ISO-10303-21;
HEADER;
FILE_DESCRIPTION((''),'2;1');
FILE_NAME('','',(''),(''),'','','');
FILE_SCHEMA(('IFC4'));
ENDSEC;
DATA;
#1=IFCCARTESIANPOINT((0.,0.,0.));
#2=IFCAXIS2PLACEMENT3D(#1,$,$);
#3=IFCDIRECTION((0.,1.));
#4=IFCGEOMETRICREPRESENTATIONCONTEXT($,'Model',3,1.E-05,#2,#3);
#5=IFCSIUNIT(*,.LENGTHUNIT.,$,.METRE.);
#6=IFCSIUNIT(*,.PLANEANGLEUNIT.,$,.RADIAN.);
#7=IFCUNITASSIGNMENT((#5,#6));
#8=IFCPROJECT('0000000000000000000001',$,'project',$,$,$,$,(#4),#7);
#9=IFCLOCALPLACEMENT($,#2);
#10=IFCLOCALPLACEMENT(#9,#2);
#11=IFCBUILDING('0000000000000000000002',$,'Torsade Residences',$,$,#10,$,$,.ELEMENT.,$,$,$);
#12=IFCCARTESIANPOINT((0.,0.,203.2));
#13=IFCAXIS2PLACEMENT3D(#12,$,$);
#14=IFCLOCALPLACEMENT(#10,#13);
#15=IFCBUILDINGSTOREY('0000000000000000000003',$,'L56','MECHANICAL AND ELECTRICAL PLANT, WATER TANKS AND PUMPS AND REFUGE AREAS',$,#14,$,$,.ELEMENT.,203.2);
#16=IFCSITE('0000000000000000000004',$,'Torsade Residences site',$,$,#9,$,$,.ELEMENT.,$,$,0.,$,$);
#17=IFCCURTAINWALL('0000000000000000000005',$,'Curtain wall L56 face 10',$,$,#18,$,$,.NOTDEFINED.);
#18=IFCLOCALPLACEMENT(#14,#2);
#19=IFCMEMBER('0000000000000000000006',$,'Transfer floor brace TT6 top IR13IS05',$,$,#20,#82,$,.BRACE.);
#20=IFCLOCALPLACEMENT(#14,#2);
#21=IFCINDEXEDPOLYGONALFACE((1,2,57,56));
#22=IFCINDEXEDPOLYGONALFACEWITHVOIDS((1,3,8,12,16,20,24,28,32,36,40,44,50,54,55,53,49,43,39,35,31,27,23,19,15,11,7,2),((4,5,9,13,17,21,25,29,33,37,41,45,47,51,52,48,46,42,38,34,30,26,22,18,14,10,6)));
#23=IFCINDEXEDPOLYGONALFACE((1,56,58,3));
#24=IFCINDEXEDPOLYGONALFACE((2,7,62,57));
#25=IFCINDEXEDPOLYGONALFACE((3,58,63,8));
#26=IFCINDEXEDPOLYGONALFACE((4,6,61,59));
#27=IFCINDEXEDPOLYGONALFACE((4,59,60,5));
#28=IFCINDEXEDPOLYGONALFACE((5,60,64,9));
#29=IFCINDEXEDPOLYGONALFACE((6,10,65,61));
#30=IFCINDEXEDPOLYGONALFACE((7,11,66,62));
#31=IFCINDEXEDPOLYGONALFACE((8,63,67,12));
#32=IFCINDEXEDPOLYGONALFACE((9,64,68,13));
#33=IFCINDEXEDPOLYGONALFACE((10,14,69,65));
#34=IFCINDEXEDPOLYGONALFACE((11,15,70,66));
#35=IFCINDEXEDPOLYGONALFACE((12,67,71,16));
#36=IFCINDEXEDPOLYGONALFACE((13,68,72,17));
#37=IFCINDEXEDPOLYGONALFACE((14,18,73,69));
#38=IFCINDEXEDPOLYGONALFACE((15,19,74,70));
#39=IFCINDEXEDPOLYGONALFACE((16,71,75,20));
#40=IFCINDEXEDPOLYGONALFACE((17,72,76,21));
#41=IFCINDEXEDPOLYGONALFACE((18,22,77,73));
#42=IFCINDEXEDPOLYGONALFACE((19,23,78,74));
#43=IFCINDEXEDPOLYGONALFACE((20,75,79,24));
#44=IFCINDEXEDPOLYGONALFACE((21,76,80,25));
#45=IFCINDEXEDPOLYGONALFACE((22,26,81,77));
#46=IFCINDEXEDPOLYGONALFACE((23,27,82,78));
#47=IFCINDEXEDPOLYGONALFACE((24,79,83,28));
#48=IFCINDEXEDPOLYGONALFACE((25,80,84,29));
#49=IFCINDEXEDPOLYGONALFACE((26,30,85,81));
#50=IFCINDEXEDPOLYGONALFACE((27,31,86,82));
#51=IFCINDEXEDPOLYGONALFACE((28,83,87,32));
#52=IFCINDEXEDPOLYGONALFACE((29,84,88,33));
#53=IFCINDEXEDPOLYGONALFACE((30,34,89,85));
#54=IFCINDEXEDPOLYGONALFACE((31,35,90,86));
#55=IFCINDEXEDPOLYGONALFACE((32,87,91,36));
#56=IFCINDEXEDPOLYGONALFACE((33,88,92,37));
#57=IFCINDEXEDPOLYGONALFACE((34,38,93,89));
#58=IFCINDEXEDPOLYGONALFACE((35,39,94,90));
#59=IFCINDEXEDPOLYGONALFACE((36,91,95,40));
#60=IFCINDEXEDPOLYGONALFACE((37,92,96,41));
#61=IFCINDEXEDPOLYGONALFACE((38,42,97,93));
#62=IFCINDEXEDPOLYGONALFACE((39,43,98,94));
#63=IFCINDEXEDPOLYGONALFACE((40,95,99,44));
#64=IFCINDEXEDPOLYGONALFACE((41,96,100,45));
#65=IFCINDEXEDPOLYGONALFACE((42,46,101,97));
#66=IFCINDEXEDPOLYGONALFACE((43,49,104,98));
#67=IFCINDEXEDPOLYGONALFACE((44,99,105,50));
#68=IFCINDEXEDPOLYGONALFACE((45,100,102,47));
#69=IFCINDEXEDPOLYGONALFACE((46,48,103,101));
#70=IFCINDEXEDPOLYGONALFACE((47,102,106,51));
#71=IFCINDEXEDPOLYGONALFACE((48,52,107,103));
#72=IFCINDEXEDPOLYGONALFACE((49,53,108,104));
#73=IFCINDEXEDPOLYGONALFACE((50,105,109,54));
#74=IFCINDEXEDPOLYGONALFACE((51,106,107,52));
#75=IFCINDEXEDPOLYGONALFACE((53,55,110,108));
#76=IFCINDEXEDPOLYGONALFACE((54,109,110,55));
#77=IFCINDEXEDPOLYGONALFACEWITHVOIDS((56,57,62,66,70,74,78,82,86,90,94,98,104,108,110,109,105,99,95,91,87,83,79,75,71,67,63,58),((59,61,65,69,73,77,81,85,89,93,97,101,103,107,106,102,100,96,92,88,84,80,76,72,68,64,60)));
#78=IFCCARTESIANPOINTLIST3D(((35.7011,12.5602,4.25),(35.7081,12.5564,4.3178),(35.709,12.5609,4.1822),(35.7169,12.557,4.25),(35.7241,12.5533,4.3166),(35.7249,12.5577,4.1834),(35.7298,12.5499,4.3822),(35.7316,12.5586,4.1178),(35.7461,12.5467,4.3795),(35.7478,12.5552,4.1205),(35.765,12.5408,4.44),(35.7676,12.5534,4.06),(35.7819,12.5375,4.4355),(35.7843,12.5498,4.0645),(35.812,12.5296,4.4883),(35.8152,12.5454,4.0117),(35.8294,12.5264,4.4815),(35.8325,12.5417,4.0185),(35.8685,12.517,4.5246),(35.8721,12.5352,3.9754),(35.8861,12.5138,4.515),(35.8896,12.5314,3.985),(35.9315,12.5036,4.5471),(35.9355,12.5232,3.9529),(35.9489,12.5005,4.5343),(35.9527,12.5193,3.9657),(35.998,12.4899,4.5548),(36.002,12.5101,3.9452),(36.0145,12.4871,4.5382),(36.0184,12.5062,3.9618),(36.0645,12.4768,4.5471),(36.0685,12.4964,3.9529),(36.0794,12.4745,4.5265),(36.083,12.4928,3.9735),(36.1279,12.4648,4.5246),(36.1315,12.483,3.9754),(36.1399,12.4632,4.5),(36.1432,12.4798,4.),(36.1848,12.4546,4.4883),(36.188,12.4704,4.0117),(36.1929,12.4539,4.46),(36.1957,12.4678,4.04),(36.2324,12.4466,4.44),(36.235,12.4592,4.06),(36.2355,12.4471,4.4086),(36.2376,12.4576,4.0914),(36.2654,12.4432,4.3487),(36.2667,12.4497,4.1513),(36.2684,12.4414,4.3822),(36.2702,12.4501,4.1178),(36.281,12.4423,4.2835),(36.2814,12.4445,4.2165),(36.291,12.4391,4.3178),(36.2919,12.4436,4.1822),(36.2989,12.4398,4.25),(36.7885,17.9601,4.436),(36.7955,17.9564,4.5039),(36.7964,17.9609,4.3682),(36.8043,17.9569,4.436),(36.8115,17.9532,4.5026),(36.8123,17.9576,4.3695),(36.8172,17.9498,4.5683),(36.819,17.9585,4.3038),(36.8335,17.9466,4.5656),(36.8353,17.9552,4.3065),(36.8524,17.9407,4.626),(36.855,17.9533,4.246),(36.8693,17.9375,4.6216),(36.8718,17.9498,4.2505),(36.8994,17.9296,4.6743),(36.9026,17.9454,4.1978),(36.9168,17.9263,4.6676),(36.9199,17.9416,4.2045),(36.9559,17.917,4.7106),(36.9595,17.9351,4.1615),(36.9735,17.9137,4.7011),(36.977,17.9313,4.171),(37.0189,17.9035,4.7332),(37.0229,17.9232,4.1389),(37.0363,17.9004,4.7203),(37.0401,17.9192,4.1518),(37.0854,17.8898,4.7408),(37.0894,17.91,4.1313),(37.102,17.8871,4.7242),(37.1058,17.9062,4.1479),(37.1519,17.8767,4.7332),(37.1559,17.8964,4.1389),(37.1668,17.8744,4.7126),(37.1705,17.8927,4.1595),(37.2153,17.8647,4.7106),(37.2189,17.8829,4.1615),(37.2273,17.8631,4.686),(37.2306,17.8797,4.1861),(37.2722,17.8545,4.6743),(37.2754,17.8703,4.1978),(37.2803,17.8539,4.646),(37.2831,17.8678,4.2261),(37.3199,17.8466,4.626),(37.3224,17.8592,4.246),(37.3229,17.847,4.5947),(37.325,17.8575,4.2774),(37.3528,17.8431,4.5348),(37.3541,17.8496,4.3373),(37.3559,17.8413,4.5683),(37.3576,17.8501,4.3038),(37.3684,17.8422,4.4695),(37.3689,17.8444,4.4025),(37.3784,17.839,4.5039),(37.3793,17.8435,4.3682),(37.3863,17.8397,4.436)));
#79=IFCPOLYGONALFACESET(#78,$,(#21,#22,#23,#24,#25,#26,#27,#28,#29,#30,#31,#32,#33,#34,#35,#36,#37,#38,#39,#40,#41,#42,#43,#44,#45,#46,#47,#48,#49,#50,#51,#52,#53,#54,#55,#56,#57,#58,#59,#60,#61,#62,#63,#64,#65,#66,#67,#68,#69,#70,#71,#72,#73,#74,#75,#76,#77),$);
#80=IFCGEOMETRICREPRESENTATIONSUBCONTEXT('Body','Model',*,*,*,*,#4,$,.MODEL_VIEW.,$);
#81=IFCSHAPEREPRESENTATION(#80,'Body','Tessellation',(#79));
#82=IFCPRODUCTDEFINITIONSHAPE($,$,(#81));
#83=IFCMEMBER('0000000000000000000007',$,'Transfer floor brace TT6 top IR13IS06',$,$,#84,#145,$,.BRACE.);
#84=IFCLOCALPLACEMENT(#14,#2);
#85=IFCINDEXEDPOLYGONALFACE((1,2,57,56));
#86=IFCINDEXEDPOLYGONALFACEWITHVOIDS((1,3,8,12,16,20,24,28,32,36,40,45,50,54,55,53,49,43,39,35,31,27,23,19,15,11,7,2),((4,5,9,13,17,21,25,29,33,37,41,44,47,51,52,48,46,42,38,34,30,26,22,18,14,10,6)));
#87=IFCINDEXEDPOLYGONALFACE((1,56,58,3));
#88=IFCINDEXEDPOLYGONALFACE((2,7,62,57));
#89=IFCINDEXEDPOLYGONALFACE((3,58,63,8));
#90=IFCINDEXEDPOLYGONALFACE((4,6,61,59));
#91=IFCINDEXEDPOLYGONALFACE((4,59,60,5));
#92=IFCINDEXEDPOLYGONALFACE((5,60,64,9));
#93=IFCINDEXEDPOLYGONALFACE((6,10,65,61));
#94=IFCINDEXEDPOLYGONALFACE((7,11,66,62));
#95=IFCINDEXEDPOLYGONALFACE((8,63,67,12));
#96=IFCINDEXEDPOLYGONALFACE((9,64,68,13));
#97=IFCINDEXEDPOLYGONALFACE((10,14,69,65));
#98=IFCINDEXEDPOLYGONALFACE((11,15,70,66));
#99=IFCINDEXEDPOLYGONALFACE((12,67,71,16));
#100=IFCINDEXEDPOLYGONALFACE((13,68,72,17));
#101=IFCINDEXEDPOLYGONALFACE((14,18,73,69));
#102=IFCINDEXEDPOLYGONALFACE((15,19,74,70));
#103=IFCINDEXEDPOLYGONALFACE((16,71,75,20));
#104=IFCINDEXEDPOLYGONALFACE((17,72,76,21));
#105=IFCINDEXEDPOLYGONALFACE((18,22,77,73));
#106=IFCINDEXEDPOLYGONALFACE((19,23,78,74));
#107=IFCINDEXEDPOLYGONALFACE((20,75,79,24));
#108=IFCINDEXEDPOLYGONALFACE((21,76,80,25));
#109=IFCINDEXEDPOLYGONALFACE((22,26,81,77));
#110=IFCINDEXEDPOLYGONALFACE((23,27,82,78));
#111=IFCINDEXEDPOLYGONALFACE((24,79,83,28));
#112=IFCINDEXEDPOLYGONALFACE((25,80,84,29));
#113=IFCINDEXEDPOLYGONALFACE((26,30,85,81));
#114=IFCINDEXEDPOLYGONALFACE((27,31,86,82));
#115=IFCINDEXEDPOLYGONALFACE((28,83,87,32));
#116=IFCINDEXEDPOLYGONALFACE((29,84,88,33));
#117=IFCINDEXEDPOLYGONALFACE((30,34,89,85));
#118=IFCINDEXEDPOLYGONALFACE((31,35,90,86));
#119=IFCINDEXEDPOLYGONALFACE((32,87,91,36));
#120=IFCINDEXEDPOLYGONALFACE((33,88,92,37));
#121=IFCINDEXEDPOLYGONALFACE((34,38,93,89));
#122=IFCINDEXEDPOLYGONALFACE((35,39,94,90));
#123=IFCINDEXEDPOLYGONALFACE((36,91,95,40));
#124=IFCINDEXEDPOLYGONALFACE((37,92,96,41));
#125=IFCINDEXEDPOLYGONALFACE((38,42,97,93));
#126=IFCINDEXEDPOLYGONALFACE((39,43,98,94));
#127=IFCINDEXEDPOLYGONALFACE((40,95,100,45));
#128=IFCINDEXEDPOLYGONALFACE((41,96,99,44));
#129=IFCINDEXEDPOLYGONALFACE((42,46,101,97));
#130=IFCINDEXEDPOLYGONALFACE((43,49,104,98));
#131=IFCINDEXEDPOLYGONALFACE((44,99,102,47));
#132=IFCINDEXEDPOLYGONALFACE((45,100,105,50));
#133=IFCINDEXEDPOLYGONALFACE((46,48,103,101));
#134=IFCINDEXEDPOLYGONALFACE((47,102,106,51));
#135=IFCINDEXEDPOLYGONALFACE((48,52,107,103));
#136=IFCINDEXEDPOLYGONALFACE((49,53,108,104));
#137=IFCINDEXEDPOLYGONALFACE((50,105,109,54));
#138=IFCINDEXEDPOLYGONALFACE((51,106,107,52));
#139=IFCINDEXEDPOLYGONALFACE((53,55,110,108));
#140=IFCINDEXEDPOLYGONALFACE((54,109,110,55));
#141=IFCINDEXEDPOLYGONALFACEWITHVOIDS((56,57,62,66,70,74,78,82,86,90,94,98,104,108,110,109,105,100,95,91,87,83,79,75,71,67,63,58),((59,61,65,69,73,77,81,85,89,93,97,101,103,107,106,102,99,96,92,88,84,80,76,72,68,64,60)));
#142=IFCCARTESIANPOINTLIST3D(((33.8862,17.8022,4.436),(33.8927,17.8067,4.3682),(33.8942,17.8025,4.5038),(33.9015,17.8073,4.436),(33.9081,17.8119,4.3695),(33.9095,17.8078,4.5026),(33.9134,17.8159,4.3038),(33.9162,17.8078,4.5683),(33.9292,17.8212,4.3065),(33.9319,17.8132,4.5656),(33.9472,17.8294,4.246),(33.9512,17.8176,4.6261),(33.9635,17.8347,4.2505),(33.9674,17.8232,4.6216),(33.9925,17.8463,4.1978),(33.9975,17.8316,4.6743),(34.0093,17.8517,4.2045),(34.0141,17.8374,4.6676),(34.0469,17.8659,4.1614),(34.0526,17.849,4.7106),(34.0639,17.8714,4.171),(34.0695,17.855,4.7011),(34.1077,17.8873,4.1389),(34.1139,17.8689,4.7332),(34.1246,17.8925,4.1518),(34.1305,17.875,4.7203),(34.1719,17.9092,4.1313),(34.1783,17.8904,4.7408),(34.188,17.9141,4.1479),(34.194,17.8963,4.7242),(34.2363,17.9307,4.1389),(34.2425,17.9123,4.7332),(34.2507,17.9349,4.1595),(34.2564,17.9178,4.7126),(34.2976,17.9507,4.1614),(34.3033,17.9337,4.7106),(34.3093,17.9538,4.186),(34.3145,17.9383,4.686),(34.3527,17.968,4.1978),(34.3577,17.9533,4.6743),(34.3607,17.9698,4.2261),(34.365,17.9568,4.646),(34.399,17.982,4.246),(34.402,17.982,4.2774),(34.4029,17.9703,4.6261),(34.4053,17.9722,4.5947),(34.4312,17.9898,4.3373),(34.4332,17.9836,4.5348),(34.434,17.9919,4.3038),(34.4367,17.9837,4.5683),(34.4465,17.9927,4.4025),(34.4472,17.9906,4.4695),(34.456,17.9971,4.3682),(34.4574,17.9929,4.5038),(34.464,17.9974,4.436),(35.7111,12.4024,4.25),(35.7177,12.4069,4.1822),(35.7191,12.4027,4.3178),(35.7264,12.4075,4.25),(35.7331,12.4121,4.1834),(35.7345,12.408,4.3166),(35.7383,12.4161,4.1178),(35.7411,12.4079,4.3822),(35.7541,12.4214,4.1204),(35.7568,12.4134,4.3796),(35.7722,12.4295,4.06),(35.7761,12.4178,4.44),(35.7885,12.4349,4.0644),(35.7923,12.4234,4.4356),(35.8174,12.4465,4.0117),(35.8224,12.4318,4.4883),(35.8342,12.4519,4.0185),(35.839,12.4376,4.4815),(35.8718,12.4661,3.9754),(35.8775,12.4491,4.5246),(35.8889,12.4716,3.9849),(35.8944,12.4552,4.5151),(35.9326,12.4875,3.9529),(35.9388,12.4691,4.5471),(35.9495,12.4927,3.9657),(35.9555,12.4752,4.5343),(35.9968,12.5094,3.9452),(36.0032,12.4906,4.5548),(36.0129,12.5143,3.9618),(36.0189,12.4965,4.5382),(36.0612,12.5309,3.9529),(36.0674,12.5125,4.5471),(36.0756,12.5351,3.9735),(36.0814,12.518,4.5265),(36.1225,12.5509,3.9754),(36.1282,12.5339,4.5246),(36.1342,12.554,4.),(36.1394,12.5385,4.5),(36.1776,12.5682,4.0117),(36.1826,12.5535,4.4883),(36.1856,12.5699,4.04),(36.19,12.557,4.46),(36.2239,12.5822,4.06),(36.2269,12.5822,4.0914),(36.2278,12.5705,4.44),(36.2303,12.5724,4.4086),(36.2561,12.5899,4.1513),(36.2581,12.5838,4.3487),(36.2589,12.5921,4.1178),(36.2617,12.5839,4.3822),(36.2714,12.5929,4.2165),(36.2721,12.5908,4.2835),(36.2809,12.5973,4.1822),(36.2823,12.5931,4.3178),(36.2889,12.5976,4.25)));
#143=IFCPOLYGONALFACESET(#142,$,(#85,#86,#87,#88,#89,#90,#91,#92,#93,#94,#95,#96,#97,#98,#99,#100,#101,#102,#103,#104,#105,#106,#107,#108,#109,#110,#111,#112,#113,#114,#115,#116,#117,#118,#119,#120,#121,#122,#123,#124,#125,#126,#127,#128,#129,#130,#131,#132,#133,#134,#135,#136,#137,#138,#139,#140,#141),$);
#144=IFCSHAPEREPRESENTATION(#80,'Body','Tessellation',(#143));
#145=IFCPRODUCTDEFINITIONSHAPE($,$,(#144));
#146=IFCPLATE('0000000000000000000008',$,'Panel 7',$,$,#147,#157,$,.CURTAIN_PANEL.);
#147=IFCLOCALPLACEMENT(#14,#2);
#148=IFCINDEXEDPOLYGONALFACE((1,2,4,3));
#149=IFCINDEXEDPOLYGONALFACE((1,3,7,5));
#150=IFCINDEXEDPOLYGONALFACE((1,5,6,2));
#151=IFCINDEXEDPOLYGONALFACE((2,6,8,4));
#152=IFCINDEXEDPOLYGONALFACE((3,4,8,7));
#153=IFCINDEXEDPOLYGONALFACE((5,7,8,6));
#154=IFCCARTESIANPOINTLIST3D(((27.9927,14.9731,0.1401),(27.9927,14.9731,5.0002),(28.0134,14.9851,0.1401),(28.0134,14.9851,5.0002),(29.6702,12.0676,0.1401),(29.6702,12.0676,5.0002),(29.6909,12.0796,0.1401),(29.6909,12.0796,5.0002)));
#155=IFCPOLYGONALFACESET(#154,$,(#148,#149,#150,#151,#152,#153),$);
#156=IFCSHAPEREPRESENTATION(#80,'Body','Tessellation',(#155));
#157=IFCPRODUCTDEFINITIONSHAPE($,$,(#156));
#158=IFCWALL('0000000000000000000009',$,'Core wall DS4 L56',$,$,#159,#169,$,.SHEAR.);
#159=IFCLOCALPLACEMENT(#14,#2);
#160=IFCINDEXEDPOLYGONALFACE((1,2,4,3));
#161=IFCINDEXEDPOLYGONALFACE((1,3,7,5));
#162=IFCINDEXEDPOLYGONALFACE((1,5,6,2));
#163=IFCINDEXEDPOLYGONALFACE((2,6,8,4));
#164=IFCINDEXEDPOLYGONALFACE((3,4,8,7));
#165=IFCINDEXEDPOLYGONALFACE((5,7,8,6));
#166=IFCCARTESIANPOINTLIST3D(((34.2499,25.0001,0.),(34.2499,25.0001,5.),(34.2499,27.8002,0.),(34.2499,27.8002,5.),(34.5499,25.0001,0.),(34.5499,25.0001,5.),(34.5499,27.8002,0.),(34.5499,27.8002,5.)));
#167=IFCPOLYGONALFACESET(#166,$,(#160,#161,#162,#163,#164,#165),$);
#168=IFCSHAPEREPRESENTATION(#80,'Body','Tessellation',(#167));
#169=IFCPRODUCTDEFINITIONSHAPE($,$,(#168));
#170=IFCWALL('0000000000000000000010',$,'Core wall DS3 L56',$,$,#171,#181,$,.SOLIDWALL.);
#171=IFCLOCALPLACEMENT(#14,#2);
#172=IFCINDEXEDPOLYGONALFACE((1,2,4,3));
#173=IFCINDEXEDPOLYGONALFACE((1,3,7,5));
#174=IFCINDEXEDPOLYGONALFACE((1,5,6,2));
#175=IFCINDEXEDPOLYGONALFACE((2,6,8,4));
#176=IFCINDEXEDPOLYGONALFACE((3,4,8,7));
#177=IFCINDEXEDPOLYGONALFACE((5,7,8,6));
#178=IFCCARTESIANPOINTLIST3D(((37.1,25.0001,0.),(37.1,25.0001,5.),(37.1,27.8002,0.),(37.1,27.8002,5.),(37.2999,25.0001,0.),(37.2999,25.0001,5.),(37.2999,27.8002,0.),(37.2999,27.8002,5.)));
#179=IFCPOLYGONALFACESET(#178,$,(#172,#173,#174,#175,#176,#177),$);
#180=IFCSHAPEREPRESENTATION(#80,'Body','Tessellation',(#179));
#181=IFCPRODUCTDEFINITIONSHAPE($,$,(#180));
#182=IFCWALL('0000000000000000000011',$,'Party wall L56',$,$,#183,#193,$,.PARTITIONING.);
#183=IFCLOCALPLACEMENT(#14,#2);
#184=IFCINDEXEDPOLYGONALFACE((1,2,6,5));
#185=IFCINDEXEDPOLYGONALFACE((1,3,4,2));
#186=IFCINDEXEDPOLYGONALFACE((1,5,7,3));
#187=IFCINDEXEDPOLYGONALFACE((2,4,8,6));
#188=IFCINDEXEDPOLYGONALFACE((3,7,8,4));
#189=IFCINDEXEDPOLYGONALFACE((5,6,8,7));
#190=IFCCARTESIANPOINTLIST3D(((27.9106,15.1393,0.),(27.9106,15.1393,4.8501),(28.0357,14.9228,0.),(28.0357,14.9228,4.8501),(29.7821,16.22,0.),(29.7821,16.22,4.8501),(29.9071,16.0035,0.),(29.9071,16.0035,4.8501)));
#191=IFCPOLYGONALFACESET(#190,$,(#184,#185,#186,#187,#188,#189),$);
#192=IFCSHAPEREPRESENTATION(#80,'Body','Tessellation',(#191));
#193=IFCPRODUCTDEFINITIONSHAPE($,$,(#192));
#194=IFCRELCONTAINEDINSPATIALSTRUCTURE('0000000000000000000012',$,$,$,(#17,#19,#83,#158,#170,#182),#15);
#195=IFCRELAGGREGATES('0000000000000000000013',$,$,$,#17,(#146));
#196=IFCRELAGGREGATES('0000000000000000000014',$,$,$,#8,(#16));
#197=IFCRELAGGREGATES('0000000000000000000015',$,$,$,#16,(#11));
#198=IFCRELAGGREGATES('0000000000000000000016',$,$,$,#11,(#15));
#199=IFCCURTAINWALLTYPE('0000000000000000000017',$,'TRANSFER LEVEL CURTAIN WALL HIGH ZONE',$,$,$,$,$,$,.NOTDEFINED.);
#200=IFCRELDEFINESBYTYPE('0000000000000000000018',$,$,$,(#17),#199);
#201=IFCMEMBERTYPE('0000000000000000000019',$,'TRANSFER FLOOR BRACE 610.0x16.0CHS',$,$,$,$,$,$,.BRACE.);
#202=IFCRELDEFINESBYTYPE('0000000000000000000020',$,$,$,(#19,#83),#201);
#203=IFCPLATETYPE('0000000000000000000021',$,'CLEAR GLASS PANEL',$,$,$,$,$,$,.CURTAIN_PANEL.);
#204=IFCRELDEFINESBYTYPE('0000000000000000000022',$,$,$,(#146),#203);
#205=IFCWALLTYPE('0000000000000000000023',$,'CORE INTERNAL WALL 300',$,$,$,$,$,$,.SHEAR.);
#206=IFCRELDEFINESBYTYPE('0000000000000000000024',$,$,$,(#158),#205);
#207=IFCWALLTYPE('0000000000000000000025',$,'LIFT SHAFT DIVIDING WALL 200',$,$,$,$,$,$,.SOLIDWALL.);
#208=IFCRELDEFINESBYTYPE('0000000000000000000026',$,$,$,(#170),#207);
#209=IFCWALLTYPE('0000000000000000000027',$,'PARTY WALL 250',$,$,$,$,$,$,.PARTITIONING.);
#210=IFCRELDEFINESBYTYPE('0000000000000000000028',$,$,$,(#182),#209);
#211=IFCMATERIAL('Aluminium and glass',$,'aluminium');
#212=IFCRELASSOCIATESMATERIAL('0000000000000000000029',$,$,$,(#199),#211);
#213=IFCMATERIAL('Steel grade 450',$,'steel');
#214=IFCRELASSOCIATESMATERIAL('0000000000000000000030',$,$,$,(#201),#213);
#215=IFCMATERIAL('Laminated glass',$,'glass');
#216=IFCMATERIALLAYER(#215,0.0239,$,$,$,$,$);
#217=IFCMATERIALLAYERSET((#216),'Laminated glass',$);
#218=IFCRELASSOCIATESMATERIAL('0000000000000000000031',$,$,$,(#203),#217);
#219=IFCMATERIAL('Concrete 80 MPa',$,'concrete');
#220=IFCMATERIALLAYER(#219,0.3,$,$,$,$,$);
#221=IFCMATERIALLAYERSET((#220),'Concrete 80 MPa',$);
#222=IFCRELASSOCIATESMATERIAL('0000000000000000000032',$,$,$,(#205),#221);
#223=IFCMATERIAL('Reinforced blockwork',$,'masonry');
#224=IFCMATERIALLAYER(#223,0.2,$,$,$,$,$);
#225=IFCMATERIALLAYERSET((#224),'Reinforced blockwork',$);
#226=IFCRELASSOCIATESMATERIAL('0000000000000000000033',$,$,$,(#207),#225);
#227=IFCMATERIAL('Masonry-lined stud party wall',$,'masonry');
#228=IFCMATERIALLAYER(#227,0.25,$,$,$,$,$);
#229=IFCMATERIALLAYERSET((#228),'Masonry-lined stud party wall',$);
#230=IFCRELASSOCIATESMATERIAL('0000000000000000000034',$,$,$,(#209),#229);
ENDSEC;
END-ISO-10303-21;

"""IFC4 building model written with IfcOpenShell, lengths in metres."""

from ifc_helpers import new_model, si_unit, direction, frame, frame_2d, origin, origin_2d, place, context, subcontext, project, spatial, rectangle, hollow_circle, extrude, material, layer, layer_set, material_profile, profile_set, type_object, element, aggregate, save


model = new_model("IFC4")

# Units and contexts
model_context = context("Model", 3, precision=1e-05, world=origin(), true_north=direction((0.0, 1.0)))
body_context = subcontext(model_context, "Body", "Model", "MODEL_VIEW")
ifc_project = project(units=[si_unit("LENGTHUNIT", "METRE"), si_unit("PLANEANGLEUNIT", "RADIAN")], contexts=[model_context])

# Site, building, storey
site_placement = place(None, origin())
site = spatial("IfcSite", under=ifc_project, at=site_placement, Name="Torsade Residences site", CompositionType="ELEMENT", RefElevation=0.0)
building_placement = place(site_placement, origin())
building = spatial("IfcBuilding", under=site, at=building_placement, Name="Torsade Residences", CompositionType="ELEMENT")
storey_placement = place(building_placement, frame((0.0, 0.0, 203.2)))
storey = spatial("IfcBuildingStorey", under=building, at=storey_placement, Name="L56", Description="MECHANICAL AND ELECTRICAL PLANT, WATER TANKS AND PUMPS AND REFUGE AREAS", CompositionType="ELEMENT", Elevation=203.2)

# Curtain wall
ifc_material_1 = material(Name="Aluminium and glass", Category="aluminium")
curtain_wall_type = type_object("IfcCurtainWallType", Name="TRANSFER LEVEL CURTAIN WALL HIGH ZONE", PredefinedType="NOTDEFINED", material=ifc_material_1)
curtain_wall_placement = place(storey_placement, origin())
curtain_wall = element("IfcCurtainWall", 1, at=curtain_wall_placement, inside=storey, type_object=curtain_wall_type, Name="Curtain wall L56 face 10", PredefinedType="NOTDEFINED")

# Members
ifc_material_2 = material(Name="Steel grade 450", Category="steel")
ifc_material_profile_1 = material_profile(ifc_material_2, hollow_circle(Radius=0.3049, WallThickness=0.0161, at=origin_2d()), Name="610.0x16.0CHS")
ifc_profile_set_1 = profile_set([ifc_material_profile_1], Name="Steel grade 450")
member_type_1 = type_object("IfcMemberType", Name="TRANSFER FLOOR BRACE 610.0x16.0CHS", PredefinedType="BRACE", material=ifc_profile_set_1)
member_1_placement = place(storey_placement, frame((36.0, 12.5, 4.25), z_axis=(0.197299, 0.979762, 0.033754), x_axis=(-0.980321, 0.197412, 0.0)))
element("IfcMember", 2, at=member_1_placement, inside=storey, type_object=member_type_1, Name="Transfer floor brace TT6 top IR13IS05", PredefinedType="BRACE", context=body_context, shape_type="SweptSolid", body=[
    extrude(hollow_circle(Radius=0.3049, WallThickness=0.0161, at=origin_2d()), origin(), (0.0, 0.0, 1.0), 5.5115),
])
member_2_placement = place(storey_placement, frame((36.0, 12.5, 4.25), z_axis=(-0.319999, 0.946856, 0.032621), x_axis=(-0.94736, -0.32017, 0.0)))
element("IfcMember", 3, at=member_2_placement, inside=storey, type_object=member_type_1, Name="Transfer floor brace TT6 top IR13IS06", PredefinedType="BRACE", context=body_context, shape_type="SweptSolid", body=[
    extrude(hollow_circle(Radius=0.3049, WallThickness=0.0161, at=origin_2d()), origin(), (0.0, 0.0, 1.0), 5.7029),
])

# Plate
ifc_material_3 = material(Name="Laminated glass", Category="glass")
ifc_layer_1 = layer(ifc_material_3, 0.0239)
ifc_layer_set_1 = layer_set([ifc_layer_1], Name="Laminated glass")
plate_type = type_object("IfcPlateType", Name="CLEAR GLASS PANEL", PredefinedType="CURTAIN_PANEL", material=ifc_layer_set_1)
plate_placement = place(storey_placement, frame((28.8418, 13.5264, 0.1401), z_axis=(0.0, 0.0, 1.0), x_axis=(0.5, -0.866025, 0.0)))
plate = element("IfcPlate", 4, at=plate_placement, type_object=plate_type, Name="Panel 7", PredefinedType="CURTAIN_PANEL", context=body_context, shape_type="SweptSolid", body=[
    extrude(rectangle(XDim=3.355, YDim=0.0239, at=origin_2d()), origin(), (0.0, 0.0, 1.0), 4.8601),
])
aggregate(curtain_wall, [plate])

# Walls
ifc_material_4 = material(Name="Concrete 80 MPa", Category="concrete")
ifc_layer_2 = layer(ifc_material_4, 0.3)
ifc_layer_set_2 = layer_set([ifc_layer_2], Name="Concrete 80 MPa")
wall_type_1 = type_object("IfcWallType", Name="CORE INTERNAL WALL 300", PredefinedType="SHEAR", material=ifc_layer_set_2)
wall_1_placement = place(storey_placement, frame((34.3999, 27.8, 0.0), z_axis=(0.0, 0.0, 1.0), x_axis=(0.0, -1.0, 0.0)))
element("IfcWall", 5, at=wall_1_placement, inside=storey, type_object=wall_type_1, Name="Core wall DS4 L56", PredefinedType="SHEAR", context=body_context, shape_type="SweptSolid", body=[
    extrude(rectangle(XDim=2.8, YDim=0.3, at=frame_2d((1.3999, 0.0))), origin(), (0.0, 0.0, 1.0), 5.0),
])
ifc_material_5 = material(Name="Reinforced blockwork", Category="masonry")
ifc_layer_3 = layer(ifc_material_5, 0.2)
ifc_layer_set_3 = layer_set([ifc_layer_3], Name="Reinforced blockwork")
wall_type_2 = type_object("IfcWallType", Name="LIFT SHAFT DIVIDING WALL 200", PredefinedType="SOLIDWALL", material=ifc_layer_set_3)
wall_2_placement = place(storey_placement, frame((37.2, 27.8, 0.0), z_axis=(0.0, 0.0, 1.0), x_axis=(0.0, -1.0, 0.0)))
element("IfcWall", 6, at=wall_2_placement, inside=storey, type_object=wall_type_2, Name="Core wall DS3 L56", PredefinedType="SOLIDWALL", context=body_context, shape_type="SweptSolid", body=[
    extrude(rectangle(XDim=2.8, YDim=0.2, at=frame_2d((1.3999, 0.0))), origin(), (0.0, 0.0, 1.0), 5.0),
])
ifc_material_6 = material(Name="Masonry-lined stud party wall", Category="masonry")
ifc_layer_4 = layer(ifc_material_6, 0.25)
ifc_layer_set_4 = layer_set([ifc_layer_4], Name="Masonry-lined stud party wall")
wall_type_3 = type_object("IfcWallType", Name="PARTY WALL 250", PredefinedType="PARTITIONING", material=ifc_layer_set_4)
wall_3_placement = place(storey_placement, frame((27.9731, 15.031, 0.0), z_axis=(0.0, 0.0, 1.0), x_axis=(0.865975, 0.500088, 0.0)))
element("IfcWall", 7, at=wall_3_placement, inside=storey, type_object=wall_type_3, Name="Party wall L56", PredefinedType="PARTITIONING", context=body_context, shape_type="SweptSolid", body=[
    extrude(rectangle(XDim=2.1611, YDim=0.25, at=frame_2d((1.0806, 0.0))), origin(), (0.0, 0.0, 1.0), 4.8501),
])

save(model, "model.ifc")
